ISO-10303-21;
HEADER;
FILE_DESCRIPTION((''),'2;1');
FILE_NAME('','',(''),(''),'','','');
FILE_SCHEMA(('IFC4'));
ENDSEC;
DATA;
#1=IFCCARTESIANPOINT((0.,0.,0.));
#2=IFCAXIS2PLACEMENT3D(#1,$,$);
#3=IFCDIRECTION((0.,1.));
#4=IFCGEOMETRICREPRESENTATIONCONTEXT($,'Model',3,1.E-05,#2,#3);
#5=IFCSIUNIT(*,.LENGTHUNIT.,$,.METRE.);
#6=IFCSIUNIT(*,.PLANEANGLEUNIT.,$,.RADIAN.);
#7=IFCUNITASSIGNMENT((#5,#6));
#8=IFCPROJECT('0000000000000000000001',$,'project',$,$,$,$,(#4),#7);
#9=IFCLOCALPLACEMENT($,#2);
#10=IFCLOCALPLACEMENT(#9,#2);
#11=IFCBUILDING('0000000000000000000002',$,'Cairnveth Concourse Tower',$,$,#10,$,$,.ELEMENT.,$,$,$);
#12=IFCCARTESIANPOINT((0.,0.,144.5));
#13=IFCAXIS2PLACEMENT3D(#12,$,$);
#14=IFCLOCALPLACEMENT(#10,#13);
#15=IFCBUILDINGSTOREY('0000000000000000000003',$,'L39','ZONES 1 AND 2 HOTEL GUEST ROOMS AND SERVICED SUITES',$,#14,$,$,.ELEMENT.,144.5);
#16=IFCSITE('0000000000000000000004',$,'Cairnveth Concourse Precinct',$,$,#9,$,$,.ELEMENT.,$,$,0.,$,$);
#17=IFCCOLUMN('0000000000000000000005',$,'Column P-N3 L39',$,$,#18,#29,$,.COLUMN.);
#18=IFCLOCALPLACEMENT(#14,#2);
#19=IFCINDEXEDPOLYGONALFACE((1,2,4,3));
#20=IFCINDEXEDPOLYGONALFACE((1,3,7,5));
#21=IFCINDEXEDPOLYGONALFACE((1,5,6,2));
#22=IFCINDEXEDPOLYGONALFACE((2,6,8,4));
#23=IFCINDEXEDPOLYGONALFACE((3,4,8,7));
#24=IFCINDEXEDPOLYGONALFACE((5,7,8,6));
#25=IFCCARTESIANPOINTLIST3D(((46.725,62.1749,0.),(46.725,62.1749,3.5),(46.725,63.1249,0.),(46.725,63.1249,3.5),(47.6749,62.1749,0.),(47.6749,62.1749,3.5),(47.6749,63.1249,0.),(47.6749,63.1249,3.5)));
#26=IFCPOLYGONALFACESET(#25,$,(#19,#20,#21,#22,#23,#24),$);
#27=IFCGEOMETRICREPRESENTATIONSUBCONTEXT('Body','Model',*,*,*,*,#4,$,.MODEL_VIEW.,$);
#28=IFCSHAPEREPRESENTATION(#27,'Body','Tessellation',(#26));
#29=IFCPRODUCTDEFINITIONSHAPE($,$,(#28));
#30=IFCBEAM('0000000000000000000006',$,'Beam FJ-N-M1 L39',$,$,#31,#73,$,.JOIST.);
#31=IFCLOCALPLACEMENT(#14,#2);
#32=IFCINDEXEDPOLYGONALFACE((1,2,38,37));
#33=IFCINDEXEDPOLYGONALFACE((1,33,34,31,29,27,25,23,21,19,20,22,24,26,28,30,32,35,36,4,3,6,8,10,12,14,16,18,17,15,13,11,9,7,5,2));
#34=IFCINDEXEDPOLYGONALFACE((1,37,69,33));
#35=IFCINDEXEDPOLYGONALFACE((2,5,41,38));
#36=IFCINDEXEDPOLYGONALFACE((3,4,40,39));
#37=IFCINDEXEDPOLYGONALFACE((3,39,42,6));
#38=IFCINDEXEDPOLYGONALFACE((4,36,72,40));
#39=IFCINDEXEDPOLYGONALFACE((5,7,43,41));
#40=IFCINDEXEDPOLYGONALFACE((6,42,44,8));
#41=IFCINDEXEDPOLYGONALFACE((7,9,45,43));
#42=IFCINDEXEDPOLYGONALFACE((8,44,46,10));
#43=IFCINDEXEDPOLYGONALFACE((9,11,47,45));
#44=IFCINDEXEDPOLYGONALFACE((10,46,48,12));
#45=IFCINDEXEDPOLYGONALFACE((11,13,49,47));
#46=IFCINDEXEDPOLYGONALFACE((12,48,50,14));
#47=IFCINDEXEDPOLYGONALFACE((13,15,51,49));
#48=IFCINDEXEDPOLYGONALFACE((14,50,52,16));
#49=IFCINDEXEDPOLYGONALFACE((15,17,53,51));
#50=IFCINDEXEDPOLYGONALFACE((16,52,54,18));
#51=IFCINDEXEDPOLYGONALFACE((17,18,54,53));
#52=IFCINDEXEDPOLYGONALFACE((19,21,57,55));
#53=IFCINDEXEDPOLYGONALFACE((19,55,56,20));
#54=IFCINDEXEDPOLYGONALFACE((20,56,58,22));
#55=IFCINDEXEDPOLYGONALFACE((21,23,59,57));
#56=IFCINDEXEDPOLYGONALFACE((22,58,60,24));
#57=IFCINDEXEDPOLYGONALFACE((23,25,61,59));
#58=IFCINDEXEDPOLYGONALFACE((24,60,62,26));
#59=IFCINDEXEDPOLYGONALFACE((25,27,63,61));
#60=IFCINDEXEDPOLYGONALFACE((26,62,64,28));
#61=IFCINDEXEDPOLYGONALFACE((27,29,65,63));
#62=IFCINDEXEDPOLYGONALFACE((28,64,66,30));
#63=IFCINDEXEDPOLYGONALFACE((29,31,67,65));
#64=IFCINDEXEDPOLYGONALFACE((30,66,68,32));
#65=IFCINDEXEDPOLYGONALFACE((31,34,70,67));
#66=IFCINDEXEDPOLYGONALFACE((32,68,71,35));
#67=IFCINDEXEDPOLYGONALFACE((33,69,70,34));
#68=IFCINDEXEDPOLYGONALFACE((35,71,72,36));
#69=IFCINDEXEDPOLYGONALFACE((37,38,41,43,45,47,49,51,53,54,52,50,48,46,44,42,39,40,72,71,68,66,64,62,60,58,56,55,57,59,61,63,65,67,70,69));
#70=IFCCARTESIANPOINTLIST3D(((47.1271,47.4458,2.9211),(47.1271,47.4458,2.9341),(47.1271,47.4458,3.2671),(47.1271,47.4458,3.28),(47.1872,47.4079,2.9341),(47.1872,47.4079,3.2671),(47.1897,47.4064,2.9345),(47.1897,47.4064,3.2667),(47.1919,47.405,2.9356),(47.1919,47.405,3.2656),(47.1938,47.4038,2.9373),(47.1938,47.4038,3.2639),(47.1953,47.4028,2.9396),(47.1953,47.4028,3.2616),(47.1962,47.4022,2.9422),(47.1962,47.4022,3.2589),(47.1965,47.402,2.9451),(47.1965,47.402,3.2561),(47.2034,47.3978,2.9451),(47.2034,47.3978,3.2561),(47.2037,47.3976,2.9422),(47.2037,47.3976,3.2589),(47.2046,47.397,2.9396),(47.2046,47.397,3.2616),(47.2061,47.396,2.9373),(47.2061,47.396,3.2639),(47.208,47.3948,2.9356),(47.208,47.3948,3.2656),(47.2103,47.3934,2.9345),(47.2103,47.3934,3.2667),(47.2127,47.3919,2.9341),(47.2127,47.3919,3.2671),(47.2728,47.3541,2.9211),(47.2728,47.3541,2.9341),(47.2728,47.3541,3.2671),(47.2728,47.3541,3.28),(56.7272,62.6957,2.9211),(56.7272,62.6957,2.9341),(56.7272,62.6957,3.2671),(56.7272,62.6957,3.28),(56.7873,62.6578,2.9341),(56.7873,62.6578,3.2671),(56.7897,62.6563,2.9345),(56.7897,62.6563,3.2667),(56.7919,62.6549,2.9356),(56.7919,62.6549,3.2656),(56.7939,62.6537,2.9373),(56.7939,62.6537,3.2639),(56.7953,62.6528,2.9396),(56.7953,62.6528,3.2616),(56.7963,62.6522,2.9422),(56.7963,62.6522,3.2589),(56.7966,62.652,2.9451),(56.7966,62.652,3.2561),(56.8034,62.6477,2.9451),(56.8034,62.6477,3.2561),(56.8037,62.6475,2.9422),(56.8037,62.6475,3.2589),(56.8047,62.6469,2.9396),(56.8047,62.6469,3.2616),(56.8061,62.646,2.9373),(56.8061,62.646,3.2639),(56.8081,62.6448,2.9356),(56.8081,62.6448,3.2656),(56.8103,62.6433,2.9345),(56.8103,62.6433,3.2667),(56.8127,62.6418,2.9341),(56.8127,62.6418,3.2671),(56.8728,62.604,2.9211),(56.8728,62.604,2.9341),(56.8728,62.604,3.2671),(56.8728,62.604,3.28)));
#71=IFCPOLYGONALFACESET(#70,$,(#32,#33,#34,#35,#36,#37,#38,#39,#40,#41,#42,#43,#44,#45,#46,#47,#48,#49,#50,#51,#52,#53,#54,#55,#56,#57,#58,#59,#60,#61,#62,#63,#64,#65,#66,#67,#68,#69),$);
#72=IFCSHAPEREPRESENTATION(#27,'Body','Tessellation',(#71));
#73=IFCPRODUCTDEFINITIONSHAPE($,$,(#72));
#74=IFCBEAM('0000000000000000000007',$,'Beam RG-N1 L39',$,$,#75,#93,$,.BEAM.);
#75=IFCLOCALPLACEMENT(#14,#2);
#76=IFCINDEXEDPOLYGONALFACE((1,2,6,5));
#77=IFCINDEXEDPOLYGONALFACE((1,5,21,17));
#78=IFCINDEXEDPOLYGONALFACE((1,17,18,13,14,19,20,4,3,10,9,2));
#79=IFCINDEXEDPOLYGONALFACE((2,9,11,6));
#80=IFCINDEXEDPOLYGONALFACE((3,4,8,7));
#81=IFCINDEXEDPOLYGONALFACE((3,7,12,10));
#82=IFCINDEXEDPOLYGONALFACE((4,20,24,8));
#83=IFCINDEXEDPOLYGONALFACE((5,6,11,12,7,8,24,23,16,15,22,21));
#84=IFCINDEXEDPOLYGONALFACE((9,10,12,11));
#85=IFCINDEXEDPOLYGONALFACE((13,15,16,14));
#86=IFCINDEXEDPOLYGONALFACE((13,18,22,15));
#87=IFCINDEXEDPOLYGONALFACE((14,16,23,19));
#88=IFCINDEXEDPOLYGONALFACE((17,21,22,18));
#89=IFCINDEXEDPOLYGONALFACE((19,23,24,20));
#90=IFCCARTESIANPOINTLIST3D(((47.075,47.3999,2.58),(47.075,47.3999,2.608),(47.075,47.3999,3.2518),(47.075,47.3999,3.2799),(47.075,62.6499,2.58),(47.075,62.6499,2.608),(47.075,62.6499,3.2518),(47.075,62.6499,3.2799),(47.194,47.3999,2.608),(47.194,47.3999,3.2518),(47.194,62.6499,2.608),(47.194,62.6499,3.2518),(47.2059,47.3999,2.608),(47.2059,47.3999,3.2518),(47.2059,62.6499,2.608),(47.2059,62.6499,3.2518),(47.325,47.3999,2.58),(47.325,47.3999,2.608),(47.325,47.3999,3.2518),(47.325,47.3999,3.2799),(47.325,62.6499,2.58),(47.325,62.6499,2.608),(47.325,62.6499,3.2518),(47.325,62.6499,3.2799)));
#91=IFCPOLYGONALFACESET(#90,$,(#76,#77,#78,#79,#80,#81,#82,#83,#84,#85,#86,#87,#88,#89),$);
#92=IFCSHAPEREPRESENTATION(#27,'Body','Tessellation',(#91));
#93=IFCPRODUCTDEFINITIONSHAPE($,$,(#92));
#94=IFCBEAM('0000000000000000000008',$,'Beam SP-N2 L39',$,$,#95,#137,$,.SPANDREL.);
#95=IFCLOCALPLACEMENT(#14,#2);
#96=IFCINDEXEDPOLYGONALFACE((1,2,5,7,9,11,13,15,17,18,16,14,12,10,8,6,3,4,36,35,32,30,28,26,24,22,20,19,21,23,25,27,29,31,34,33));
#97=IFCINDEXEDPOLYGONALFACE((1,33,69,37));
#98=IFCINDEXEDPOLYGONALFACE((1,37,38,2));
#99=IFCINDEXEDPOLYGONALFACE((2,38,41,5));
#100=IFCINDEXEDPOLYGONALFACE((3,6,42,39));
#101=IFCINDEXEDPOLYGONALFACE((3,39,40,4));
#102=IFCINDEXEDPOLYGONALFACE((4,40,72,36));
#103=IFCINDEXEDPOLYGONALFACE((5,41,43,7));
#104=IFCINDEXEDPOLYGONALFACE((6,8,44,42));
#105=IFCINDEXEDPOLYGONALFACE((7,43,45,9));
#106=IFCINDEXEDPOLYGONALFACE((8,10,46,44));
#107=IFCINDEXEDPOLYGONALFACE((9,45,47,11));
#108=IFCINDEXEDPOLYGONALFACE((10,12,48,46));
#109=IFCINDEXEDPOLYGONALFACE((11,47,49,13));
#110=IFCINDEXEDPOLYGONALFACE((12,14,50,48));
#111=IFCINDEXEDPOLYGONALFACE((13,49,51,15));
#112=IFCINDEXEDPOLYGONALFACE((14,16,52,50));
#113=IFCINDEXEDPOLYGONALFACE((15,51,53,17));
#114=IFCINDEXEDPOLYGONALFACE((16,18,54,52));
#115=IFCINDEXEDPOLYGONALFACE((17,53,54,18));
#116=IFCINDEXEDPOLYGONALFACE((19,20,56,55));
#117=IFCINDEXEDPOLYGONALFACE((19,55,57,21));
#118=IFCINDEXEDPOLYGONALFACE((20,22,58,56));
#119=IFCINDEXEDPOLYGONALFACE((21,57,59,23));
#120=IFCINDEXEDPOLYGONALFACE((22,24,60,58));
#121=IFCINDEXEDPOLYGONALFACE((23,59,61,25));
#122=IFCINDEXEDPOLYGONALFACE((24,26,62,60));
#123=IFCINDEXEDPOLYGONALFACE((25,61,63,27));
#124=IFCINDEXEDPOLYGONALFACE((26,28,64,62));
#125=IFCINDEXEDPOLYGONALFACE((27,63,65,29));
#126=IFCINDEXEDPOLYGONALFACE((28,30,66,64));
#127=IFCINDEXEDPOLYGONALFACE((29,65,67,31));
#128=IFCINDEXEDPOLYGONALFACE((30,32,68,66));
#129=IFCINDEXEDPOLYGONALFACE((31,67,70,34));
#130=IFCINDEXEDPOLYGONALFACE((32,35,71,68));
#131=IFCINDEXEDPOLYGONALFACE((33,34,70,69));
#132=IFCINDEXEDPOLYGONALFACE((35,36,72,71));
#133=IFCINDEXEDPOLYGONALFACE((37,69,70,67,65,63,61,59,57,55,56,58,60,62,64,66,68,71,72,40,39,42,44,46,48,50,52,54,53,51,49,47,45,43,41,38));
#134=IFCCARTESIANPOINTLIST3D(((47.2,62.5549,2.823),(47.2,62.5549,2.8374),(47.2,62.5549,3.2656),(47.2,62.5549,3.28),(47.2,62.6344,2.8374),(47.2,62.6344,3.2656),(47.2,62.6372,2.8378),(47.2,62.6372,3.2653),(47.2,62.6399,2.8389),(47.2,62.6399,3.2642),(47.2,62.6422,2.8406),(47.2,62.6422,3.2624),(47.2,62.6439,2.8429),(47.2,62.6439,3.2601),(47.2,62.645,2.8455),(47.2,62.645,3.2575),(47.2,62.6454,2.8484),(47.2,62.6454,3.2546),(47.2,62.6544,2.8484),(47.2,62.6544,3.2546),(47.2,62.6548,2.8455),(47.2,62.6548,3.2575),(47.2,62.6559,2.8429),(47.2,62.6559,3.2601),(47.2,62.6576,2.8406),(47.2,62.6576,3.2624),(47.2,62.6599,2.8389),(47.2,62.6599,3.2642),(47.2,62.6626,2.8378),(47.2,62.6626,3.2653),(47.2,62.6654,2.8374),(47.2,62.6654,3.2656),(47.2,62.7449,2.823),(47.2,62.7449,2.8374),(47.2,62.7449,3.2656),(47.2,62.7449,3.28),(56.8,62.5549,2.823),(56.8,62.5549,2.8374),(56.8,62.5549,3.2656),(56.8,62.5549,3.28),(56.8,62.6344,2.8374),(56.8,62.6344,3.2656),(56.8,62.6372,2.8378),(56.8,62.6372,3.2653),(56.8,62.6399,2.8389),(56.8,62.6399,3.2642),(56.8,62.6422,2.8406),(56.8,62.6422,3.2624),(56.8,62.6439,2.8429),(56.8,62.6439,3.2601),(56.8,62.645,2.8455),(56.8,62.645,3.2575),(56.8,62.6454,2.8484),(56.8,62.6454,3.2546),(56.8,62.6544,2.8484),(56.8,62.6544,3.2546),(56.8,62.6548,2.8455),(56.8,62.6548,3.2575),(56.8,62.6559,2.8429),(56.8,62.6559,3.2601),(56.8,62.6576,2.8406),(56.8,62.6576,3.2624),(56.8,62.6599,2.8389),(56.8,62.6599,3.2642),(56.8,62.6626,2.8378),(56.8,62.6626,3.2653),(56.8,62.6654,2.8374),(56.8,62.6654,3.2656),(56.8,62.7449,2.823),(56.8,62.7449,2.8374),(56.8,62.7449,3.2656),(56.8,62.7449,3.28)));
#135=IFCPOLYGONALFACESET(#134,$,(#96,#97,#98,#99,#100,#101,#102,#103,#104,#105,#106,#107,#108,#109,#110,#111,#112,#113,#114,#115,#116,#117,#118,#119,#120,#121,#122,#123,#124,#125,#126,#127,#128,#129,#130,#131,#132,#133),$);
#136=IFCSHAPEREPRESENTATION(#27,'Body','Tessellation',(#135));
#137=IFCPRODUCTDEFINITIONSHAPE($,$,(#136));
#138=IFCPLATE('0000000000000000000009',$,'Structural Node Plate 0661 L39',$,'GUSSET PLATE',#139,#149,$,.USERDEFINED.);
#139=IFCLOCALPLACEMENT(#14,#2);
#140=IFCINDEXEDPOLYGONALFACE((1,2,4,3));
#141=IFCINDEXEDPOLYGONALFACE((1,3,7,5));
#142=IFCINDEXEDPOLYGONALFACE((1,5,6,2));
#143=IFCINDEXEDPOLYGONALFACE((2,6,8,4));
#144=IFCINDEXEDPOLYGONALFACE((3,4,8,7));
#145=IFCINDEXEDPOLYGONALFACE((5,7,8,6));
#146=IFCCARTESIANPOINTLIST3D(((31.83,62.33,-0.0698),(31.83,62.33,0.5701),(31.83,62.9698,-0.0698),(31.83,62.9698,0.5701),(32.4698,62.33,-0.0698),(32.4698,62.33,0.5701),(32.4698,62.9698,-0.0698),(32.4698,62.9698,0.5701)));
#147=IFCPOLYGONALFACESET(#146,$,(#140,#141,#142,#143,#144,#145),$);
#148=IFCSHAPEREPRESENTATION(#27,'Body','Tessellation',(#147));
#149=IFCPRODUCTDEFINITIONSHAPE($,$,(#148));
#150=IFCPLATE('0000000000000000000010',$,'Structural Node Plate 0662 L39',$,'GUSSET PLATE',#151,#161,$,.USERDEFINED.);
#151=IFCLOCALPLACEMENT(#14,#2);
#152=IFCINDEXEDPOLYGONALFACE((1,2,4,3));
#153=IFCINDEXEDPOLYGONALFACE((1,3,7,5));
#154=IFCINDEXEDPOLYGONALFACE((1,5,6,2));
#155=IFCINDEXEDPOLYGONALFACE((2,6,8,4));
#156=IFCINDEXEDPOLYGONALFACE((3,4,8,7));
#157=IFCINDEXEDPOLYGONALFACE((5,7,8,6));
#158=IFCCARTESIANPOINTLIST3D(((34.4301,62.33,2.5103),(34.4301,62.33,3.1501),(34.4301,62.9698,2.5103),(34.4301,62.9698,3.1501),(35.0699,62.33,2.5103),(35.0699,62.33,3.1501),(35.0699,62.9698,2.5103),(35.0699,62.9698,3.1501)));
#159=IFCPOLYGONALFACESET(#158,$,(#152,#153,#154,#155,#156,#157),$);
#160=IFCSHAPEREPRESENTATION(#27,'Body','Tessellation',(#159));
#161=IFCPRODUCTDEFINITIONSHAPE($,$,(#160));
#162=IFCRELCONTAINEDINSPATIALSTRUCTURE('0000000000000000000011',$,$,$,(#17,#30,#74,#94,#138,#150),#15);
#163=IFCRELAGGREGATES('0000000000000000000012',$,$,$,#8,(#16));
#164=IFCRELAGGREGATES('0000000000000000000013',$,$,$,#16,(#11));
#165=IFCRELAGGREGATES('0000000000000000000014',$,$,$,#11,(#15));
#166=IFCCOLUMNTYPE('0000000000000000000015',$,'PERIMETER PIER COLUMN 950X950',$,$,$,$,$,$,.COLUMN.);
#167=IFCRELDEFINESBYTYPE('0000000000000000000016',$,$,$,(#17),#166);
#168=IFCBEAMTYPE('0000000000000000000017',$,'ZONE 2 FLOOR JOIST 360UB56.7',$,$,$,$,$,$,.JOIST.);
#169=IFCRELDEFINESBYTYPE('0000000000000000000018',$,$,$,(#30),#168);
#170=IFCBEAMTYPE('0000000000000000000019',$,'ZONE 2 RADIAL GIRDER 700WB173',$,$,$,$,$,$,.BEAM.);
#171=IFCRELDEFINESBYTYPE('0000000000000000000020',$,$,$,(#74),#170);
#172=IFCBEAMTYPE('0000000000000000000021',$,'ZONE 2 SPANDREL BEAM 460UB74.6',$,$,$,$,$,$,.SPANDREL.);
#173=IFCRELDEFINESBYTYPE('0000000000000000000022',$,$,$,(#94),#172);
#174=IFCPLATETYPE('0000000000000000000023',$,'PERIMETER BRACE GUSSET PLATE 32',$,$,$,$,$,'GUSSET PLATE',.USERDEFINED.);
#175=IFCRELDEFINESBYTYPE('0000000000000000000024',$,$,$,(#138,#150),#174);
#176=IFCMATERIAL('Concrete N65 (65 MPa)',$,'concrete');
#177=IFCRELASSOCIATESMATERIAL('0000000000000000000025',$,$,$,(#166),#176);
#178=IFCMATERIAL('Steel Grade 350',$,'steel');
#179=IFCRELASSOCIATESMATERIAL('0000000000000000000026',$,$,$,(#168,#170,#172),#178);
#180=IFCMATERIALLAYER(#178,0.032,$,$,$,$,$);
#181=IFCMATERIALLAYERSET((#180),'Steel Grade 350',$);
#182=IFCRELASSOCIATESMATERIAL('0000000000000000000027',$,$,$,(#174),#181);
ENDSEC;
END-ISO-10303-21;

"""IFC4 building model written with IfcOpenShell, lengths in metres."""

from ifc_helpers import new_model, si_unit, direction, frame, origin, origin_2d, place, context, subcontext, project, spatial, rectangle, i_section, extrude, material, layer, layer_set, material_profile, profile_set, type_object, element, save


model = new_model("IFC4")

# Units and contexts
model_context = context("Model", 3, precision=1e-05, world=origin(), true_north=direction((0.0, 1.0)))
body_context = subcontext(model_context, "Body", "Model", "MODEL_VIEW")
ifc_project = project(units=[si_unit("LENGTHUNIT", "METRE"), si_unit("PLANEANGLEUNIT", "RADIAN")], contexts=[model_context])

# Site, building, storey
site_placement = place(None, origin())
site = spatial("IfcSite", under=ifc_project, at=site_placement, Name="Cairnveth Concourse Precinct", CompositionType="ELEMENT", RefElevation=0.0)
building_placement = place(site_placement, origin())
building = spatial("IfcBuilding", under=site, at=building_placement, Name="Cairnveth Concourse Tower", CompositionType="ELEMENT")
storey_placement = place(building_placement, frame((0.0, 0.0, 144.5)))
storey = spatial("IfcBuildingStorey", under=building, at=storey_placement, Name="L39", Description="ZONES 1 AND 2 HOTEL GUEST ROOMS AND SERVICED SUITES", CompositionType="ELEMENT", Elevation=144.5)

# Column
ifc_material_1 = material(Name="Concrete N65 (65 MPa)", Category="concrete")
ifc_material_profile_1 = material_profile(ifc_material_1, rectangle(XDim=0.95, YDim=0.95, at=origin_2d()), Name="RC-COL-950x950")
ifc_profile_set_1 = profile_set([ifc_material_profile_1], Name="Concrete N65 (65 MPa)")
column_type = type_object("IfcColumnType", Name="PERIMETER PIER COLUMN 950X950", PredefinedType="COLUMN", material=ifc_profile_set_1)
column_placement = place(storey_placement, frame((47.2, 62.6499, 0.0), z_axis=(0.0, 0.0, 1.0), x_axis=(1.0, 0.0, 0.0)))
element("IfcColumn", 1, at=column_placement, inside=storey, type_object=column_type, Name="Column P-N3 L39", PredefinedType="COLUMN", context=body_context, shape_type="SweptSolid", body=[
    extrude(rectangle(XDim=0.95, YDim=0.95, at=origin_2d()), origin(), (0.0, 0.0, 1.0), 3.5),
])

# Beams
ifc_material_2 = material(Name="Steel Grade 350", Category="steel")
ifc_material_profile_2 = material_profile(ifc_material_2, i_section(OverallWidth=0.1721, OverallDepth=0.3589, WebThickness=0.0081, FlangeThickness=0.0129, FilletRadius=0.011, at=origin_2d()), Name="360UB56.7")
ifc_profile_set_2 = profile_set([ifc_material_profile_2], Name="Steel Grade 350")
beam_type_1 = type_object("IfcBeamType", Name="ZONE 2 FLOOR JOIST 360UB56.7", PredefinedType="JOIST", material=ifc_profile_set_2)
beam_1_placement = place(storey_placement, frame((47.2, 47.3999, 3.1006), z_axis=(0.532744, 0.846277, 0.0), x_axis=(-0.846277, 0.532744, 0.0)))
element("IfcBeam", 2, at=beam_1_placement, inside=storey, type_object=beam_type_1, Name="Beam FJ-N-M1 L39", PredefinedType="JOIST", context=body_context, shape_type="SweptSolid", body=[
    extrude(i_section(OverallWidth=0.1721, OverallDepth=0.3589, WebThickness=0.0081, FlangeThickness=0.0129, FilletRadius=0.011, at=origin_2d()), origin(), (0.0, 0.0, 1.0), 18.02),
])
ifc_material_profile_3 = material_profile(ifc_material_2, i_section(OverallWidth=0.25, OverallDepth=0.7, WebThickness=0.012, FlangeThickness=0.0281, at=origin_2d()), Name="700WB173")
ifc_profile_set_3 = profile_set([ifc_material_profile_3], Name="Steel Grade 350")
beam_type_2 = type_object("IfcBeamType", Name="ZONE 2 RADIAL GIRDER 700WB173", PredefinedType="BEAM", material=ifc_profile_set_3)
beam_2_placement = place(storey_placement, frame((47.2, 47.3999, 2.9299), z_axis=(0.0, 1.0, 0.0), x_axis=(-1.0, 0.0, 0.0)))
element("IfcBeam", 3, at=beam_2_placement, inside=storey, type_object=beam_type_2, Name="Beam RG-N1 L39", PredefinedType="BEAM", context=body_context, shape_type="SweptSolid", body=[
    extrude(i_section(OverallWidth=0.25, OverallDepth=0.7, WebThickness=0.012, FlangeThickness=0.0281, at=origin_2d()), origin(), (0.0, 0.0, 1.0), 15.25),
])
ifc_material_profile_4 = material_profile(ifc_material_2, i_section(OverallWidth=0.1899, OverallDepth=0.457, WebThickness=0.009, FlangeThickness=0.0144, FilletRadius=0.011, at=origin_2d()), Name="460UB74.6")
ifc_profile_set_4 = profile_set([ifc_material_profile_4], Name="Steel Grade 350")
beam_type_3 = type_object("IfcBeamType", Name="ZONE 2 SPANDREL BEAM 460UB74.6", PredefinedType="SPANDREL", material=ifc_profile_set_4)
beam_3_placement = place(storey_placement, frame((47.2, 62.6499, 3.0515), z_axis=(1.0, 0.0, 0.0), x_axis=(0.0, 1.0, 0.0)))
element("IfcBeam", 4, at=beam_3_placement, inside=storey, type_object=beam_type_3, Name="Beam SP-N2 L39", PredefinedType="SPANDREL", context=body_context, shape_type="SweptSolid", body=[
    extrude(i_section(OverallWidth=0.1899, OverallDepth=0.457, WebThickness=0.009, FlangeThickness=0.0144, FilletRadius=0.011, at=origin_2d()), origin(), (0.0, 0.0, 1.0), 9.6001),
])

# Plates
ifc_layer_1 = layer(ifc_material_2, 0.032)
ifc_layer_set_1 = layer_set([ifc_layer_1], Name="Steel Grade 350")
plate_type = type_object("IfcPlateType", Name="PERIMETER BRACE GUSSET PLATE 32", ElementType="GUSSET PLATE", PredefinedType="USERDEFINED", material=ifc_layer_set_1)
for number, where, z_axis, x_axis, name in (
    (5, (32.1499, 62.6499, -0.0698), (0.0, 0.0, 1.0), (1.0, 0.0, 0.0), "Structural Node Plate 0661 L39"),
    (6, (34.75, 62.6499, 2.5103), (0.0, 0.0, 1.0), (1.0, 0.0, 0.0), "Structural Node Plate 0662 L39"),
):
    element("IfcPlate", number, at=place(storey_placement, frame(where, z_axis=z_axis, x_axis=x_axis)), inside=storey, type_object=plate_type, Name=name, ObjectType="GUSSET PLATE", PredefinedType="USERDEFINED", context=body_context, shape_type="SweptSolid", body=[
        extrude(rectangle(XDim=0.6399, YDim=0.6399, at=origin_2d()), origin(), (0.0, 0.0, 1.0), 0.6399),
    ])

save(model, "model.ifc")
